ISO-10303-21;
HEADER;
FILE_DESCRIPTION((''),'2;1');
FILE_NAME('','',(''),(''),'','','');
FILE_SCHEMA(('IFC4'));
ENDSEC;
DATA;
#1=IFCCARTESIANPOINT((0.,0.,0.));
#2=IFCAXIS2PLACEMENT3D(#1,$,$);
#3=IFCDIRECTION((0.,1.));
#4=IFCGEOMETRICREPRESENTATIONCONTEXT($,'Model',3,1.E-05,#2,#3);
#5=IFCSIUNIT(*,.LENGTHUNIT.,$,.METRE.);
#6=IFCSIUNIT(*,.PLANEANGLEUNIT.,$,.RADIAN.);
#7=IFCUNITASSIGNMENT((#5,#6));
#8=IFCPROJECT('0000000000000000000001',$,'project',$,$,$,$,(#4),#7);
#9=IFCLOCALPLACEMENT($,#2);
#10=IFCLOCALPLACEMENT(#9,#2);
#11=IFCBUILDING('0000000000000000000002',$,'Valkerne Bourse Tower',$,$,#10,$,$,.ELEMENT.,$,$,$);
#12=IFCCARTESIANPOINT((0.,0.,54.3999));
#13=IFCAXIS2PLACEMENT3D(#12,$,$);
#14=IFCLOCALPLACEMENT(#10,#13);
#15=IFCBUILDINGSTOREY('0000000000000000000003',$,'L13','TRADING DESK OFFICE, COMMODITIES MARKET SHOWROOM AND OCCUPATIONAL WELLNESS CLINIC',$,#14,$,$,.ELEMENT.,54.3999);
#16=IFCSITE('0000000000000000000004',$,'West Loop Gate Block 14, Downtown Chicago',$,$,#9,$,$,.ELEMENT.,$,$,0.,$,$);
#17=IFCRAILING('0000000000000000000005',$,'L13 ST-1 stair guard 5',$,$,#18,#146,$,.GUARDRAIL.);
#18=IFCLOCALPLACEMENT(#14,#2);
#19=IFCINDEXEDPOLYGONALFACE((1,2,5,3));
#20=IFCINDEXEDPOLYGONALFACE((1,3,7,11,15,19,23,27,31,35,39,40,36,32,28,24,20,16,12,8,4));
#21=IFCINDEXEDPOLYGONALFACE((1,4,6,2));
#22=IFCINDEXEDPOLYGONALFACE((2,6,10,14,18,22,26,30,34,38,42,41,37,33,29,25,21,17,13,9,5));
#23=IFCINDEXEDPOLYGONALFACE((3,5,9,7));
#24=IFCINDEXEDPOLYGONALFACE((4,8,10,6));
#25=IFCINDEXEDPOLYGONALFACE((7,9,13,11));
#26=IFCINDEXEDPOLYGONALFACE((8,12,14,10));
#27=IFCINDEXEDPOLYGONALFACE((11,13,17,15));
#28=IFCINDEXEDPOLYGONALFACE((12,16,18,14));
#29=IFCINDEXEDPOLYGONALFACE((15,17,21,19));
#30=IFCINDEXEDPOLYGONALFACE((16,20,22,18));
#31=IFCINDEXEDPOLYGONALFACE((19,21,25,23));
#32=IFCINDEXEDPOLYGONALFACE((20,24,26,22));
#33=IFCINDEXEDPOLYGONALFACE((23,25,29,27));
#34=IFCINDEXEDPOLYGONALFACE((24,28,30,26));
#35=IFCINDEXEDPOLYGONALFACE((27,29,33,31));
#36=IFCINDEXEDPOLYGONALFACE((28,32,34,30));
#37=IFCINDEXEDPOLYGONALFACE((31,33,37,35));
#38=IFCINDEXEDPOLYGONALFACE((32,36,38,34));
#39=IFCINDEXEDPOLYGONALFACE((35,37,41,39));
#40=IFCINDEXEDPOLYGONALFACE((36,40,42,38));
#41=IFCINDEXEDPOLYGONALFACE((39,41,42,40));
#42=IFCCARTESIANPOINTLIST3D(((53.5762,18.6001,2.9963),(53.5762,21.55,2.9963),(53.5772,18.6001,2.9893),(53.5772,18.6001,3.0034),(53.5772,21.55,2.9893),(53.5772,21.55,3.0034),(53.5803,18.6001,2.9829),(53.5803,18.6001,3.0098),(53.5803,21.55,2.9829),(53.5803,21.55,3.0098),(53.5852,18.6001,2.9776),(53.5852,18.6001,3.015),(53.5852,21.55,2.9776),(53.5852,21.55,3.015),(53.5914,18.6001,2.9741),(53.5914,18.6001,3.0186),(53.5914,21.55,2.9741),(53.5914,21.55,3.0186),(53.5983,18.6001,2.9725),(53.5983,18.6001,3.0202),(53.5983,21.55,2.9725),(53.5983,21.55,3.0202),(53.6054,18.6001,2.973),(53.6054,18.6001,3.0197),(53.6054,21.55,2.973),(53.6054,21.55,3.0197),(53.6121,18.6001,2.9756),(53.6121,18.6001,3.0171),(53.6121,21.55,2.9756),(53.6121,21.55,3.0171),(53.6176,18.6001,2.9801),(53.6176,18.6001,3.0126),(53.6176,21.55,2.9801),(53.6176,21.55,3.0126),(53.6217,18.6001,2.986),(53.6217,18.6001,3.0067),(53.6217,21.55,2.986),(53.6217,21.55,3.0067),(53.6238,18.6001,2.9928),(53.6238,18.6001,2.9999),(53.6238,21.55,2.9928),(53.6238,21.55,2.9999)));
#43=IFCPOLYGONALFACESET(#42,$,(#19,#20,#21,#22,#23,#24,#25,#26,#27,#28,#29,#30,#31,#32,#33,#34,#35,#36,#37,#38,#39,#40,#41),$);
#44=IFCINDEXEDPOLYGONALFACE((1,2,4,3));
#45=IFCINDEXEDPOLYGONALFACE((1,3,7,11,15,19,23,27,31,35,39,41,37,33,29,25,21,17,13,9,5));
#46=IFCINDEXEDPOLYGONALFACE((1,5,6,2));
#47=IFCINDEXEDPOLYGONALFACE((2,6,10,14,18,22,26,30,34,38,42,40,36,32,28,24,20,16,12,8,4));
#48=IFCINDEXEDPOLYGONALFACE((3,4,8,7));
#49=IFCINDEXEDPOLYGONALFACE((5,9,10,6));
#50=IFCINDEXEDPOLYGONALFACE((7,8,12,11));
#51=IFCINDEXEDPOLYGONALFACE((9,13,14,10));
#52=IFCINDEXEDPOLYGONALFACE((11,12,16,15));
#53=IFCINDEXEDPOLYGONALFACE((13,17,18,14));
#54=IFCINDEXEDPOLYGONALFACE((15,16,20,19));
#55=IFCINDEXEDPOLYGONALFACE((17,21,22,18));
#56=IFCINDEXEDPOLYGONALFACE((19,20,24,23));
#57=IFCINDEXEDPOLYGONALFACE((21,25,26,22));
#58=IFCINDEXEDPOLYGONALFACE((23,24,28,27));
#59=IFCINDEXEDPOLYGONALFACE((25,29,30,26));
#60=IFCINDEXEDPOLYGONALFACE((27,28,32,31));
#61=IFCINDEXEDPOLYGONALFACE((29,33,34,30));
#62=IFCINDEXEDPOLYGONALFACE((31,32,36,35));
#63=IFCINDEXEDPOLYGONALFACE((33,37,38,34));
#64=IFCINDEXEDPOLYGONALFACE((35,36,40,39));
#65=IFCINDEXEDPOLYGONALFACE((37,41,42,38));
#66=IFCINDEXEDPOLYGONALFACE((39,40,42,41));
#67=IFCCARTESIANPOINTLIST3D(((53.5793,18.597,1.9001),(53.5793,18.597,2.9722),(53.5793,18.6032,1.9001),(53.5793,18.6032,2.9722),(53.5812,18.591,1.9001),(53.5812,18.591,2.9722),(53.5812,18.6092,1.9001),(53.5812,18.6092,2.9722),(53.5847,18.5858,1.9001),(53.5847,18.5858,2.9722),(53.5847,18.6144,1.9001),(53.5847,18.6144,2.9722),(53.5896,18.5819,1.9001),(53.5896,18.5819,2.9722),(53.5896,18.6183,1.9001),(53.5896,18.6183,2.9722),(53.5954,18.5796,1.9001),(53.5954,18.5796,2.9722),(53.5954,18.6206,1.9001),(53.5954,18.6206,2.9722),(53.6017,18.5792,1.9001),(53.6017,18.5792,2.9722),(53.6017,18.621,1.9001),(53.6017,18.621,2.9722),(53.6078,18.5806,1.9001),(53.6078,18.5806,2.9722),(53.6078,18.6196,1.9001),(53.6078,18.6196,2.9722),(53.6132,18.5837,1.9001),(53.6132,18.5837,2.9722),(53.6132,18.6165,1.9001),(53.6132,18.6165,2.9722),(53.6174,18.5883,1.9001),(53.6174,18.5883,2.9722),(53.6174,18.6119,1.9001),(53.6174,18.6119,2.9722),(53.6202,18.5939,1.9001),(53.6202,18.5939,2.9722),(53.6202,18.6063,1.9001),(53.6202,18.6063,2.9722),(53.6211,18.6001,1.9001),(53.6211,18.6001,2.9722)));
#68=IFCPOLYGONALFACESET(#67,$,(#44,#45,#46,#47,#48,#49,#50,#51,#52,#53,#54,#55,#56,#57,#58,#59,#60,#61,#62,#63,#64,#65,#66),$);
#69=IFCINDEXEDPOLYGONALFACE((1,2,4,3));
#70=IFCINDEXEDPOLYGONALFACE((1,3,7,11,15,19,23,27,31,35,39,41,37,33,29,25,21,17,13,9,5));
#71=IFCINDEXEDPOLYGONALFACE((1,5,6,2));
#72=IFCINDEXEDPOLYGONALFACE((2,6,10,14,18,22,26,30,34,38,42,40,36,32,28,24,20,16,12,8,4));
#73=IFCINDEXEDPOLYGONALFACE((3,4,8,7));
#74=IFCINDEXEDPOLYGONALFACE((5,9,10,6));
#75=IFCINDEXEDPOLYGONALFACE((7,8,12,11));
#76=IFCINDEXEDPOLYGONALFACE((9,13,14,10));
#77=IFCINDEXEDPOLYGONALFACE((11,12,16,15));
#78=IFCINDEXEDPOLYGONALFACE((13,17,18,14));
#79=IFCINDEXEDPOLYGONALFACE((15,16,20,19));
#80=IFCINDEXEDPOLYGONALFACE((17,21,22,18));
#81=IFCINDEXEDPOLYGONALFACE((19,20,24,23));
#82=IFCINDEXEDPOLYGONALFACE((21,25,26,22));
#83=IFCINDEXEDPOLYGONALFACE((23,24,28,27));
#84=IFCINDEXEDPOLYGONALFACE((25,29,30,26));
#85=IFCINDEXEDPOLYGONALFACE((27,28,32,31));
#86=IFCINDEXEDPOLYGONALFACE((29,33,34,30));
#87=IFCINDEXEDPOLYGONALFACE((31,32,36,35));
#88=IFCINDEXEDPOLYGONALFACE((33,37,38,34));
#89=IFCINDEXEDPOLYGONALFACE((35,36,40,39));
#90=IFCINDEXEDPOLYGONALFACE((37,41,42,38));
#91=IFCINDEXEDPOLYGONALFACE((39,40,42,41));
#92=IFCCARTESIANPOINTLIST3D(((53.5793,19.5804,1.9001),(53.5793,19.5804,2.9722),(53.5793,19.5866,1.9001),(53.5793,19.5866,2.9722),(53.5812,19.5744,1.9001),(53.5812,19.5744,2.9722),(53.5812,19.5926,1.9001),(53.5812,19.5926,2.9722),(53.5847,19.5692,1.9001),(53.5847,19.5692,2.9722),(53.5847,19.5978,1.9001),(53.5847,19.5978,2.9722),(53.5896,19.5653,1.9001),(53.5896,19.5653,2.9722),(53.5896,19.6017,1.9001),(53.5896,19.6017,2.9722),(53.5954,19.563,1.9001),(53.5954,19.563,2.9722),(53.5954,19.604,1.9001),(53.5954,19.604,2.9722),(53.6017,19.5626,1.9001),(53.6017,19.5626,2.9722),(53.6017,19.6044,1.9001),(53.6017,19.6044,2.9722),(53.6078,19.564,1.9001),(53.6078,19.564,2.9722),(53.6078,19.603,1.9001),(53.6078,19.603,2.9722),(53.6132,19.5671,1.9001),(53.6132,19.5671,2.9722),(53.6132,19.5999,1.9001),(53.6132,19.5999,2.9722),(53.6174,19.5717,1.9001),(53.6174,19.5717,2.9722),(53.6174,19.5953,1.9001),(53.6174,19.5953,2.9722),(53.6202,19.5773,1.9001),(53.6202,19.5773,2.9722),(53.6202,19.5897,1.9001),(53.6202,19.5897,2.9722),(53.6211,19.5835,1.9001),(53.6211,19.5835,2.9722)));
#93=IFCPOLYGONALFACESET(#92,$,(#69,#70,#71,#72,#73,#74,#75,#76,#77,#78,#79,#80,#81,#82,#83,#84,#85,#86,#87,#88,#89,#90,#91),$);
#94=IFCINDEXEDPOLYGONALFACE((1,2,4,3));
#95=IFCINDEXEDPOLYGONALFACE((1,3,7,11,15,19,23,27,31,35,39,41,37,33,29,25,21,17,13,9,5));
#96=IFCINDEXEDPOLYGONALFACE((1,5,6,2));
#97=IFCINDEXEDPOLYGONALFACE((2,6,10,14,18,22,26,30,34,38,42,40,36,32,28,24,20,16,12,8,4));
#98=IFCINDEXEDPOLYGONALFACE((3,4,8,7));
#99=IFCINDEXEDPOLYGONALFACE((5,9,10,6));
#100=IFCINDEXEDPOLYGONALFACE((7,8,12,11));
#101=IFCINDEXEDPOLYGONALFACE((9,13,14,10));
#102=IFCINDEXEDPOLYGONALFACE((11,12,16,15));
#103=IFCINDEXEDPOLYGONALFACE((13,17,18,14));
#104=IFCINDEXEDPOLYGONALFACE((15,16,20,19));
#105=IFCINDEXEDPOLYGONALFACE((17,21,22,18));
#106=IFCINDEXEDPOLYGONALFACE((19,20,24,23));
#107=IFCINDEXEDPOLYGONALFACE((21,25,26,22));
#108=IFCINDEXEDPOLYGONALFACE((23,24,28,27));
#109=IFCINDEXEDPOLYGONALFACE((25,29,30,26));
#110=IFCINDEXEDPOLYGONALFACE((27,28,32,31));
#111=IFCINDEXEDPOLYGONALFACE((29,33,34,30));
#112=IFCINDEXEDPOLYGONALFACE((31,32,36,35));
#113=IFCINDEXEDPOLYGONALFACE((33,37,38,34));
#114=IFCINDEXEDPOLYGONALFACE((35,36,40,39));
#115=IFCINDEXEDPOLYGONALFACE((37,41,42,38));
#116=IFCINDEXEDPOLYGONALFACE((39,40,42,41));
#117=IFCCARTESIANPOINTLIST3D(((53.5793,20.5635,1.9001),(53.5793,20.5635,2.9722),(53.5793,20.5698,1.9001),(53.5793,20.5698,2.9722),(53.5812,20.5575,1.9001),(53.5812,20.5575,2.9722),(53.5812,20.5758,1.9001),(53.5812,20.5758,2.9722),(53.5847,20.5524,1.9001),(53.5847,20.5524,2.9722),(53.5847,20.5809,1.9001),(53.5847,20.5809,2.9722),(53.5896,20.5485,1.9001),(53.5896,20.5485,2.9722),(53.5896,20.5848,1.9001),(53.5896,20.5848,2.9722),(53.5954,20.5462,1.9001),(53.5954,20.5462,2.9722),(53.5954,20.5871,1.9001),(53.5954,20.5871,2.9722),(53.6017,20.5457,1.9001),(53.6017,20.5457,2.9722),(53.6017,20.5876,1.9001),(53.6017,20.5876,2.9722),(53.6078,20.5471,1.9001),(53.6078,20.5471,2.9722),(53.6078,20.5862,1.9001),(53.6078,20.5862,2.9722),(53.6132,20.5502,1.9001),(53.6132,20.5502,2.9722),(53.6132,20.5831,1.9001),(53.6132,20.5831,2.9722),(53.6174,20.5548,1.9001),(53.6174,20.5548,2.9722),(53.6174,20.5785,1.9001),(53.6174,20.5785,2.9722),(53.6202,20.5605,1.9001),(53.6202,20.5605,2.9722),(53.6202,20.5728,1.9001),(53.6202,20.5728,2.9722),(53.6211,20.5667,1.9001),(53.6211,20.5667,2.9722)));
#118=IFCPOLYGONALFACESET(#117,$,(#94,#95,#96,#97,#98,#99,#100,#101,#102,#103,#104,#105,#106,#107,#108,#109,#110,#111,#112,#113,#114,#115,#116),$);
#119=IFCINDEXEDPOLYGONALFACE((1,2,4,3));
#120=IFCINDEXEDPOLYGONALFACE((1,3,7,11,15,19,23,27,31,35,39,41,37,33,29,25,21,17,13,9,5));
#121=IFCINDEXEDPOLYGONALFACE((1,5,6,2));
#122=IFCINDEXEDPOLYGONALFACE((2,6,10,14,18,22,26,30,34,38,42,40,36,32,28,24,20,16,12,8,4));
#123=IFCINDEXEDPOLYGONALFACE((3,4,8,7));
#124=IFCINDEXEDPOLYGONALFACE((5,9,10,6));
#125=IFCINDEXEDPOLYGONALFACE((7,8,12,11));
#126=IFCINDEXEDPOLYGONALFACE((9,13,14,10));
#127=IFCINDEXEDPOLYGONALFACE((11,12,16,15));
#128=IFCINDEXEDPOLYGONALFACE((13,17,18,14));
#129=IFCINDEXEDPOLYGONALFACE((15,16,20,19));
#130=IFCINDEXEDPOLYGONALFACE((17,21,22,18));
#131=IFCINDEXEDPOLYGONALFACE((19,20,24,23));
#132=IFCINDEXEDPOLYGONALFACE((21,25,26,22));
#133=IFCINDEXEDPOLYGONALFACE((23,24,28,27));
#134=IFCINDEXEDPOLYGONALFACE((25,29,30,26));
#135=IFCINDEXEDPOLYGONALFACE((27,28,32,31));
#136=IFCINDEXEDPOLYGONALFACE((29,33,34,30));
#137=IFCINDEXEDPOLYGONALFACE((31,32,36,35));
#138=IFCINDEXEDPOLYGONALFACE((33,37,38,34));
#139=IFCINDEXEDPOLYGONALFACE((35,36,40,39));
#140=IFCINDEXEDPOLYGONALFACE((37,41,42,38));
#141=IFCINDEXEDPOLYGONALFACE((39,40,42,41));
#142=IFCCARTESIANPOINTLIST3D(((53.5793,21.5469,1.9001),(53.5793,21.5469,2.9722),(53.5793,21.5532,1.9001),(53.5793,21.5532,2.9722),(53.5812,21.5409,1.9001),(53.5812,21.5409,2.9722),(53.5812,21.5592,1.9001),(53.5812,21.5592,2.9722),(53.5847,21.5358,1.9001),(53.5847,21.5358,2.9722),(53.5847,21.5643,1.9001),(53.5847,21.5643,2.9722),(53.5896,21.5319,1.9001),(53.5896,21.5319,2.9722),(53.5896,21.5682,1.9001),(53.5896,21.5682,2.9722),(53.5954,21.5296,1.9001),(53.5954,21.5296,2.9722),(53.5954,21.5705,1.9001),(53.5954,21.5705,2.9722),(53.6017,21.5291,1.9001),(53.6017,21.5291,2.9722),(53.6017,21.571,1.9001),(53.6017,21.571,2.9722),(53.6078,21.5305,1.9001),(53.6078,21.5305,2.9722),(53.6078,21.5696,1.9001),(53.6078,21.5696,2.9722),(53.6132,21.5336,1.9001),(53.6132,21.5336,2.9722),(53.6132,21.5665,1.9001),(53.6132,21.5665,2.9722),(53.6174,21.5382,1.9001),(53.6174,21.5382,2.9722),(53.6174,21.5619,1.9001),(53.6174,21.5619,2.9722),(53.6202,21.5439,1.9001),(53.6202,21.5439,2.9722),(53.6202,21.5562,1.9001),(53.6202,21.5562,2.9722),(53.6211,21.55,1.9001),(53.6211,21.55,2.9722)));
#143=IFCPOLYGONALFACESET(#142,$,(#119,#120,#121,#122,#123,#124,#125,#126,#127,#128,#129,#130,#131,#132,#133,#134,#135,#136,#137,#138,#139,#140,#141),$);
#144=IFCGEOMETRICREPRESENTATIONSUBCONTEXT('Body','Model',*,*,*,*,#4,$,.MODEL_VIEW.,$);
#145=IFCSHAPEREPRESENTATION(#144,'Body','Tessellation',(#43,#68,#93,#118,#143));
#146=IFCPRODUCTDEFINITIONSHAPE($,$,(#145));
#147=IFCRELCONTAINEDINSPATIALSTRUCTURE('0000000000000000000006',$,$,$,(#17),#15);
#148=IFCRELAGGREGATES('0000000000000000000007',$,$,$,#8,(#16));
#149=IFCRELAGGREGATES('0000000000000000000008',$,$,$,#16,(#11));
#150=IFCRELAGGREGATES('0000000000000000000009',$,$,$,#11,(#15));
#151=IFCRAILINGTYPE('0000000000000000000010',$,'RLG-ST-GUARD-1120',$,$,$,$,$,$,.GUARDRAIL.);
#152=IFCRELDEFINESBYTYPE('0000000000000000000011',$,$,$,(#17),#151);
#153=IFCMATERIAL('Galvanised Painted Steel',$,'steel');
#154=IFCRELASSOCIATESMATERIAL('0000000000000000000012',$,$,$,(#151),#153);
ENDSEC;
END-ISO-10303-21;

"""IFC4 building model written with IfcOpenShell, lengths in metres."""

from ifc_helpers import new_model, si_unit, direction, frame, origin, origin_2d, place, context, subcontext, project, spatial, circle, extrude, material, type_object, element, save


model = new_model("IFC4")

# Units and contexts
model_context = context("Model", 3, precision=1e-05, world=origin(), true_north=direction((0.0, 1.0)))
body_context = subcontext(model_context, "Body", "Model", "MODEL_VIEW")
ifc_project = project(units=[si_unit("LENGTHUNIT", "METRE"), si_unit("PLANEANGLEUNIT", "RADIAN")], contexts=[model_context])

# Site, building, storey
site_placement = place(None, origin())
site = spatial("IfcSite", under=ifc_project, at=site_placement, Name="West Loop Gate Block 14, Downtown Chicago", CompositionType="ELEMENT", RefElevation=0.0)
building_placement = place(site_placement, origin())
building = spatial("IfcBuilding", under=site, at=building_placement, Name="Valkerne Bourse Tower", CompositionType="ELEMENT")
storey_placement = place(building_placement, frame((0.0, 0.0, 54.3999)))
storey = spatial("IfcBuildingStorey", under=building, at=storey_placement, Name="L13", Description="TRADING DESK OFFICE, COMMODITIES MARKET SHOWROOM AND OCCUPATIONAL WELLNESS CLINIC", CompositionType="ELEMENT", Elevation=54.3999)

# Shared definitions
ifc_material_1 = material(Name="Galvanised Painted Steel", Category="steel")

# Railing
railing_type = type_object("IfcRailingType", Name="RLG-ST-GUARD-1120", PredefinedType="GUARDRAIL", material=ifc_material_1)
railing_placement = place(storey_placement, frame((53.6001, 18.6001, 1.9001)))
element("IfcRailing", 1, at=railing_placement, inside=storey, type_object=railing_type, Name="L13 ST-1 stair guard 5", PredefinedType="GUARDRAIL", context=body_context, shape_type="SweptSolid", body=[
    extrude(circle(Radius=0.0239, at=origin_2d()), frame((0.0, 0.0, 1.0962), z_axis=(0.0, 1.0, 0.0), x_axis=(-1.0, 0.0, 0.0)), (0.0, 0.0, 1.0), 2.95),
    extrude(circle(Radius=0.021, at=origin_2d()), origin(), (0.0, 0.0, 1.0), 1.072),
    extrude(circle(Radius=0.021, at=origin_2d()), frame((0.0, 0.9834, 0.0)), (0.0, 0.0, 1.0), 1.072),
    extrude(circle(Radius=0.021, at=origin_2d()), frame((0.0, 1.9666, 0.0)), (0.0, 0.0, 1.0), 1.072),
    extrude(circle(Radius=0.021, at=origin_2d()), frame((0.0, 2.95, 0.0)), (0.0, 0.0, 1.0), 1.072),
])

save(model, "model.ifc")
